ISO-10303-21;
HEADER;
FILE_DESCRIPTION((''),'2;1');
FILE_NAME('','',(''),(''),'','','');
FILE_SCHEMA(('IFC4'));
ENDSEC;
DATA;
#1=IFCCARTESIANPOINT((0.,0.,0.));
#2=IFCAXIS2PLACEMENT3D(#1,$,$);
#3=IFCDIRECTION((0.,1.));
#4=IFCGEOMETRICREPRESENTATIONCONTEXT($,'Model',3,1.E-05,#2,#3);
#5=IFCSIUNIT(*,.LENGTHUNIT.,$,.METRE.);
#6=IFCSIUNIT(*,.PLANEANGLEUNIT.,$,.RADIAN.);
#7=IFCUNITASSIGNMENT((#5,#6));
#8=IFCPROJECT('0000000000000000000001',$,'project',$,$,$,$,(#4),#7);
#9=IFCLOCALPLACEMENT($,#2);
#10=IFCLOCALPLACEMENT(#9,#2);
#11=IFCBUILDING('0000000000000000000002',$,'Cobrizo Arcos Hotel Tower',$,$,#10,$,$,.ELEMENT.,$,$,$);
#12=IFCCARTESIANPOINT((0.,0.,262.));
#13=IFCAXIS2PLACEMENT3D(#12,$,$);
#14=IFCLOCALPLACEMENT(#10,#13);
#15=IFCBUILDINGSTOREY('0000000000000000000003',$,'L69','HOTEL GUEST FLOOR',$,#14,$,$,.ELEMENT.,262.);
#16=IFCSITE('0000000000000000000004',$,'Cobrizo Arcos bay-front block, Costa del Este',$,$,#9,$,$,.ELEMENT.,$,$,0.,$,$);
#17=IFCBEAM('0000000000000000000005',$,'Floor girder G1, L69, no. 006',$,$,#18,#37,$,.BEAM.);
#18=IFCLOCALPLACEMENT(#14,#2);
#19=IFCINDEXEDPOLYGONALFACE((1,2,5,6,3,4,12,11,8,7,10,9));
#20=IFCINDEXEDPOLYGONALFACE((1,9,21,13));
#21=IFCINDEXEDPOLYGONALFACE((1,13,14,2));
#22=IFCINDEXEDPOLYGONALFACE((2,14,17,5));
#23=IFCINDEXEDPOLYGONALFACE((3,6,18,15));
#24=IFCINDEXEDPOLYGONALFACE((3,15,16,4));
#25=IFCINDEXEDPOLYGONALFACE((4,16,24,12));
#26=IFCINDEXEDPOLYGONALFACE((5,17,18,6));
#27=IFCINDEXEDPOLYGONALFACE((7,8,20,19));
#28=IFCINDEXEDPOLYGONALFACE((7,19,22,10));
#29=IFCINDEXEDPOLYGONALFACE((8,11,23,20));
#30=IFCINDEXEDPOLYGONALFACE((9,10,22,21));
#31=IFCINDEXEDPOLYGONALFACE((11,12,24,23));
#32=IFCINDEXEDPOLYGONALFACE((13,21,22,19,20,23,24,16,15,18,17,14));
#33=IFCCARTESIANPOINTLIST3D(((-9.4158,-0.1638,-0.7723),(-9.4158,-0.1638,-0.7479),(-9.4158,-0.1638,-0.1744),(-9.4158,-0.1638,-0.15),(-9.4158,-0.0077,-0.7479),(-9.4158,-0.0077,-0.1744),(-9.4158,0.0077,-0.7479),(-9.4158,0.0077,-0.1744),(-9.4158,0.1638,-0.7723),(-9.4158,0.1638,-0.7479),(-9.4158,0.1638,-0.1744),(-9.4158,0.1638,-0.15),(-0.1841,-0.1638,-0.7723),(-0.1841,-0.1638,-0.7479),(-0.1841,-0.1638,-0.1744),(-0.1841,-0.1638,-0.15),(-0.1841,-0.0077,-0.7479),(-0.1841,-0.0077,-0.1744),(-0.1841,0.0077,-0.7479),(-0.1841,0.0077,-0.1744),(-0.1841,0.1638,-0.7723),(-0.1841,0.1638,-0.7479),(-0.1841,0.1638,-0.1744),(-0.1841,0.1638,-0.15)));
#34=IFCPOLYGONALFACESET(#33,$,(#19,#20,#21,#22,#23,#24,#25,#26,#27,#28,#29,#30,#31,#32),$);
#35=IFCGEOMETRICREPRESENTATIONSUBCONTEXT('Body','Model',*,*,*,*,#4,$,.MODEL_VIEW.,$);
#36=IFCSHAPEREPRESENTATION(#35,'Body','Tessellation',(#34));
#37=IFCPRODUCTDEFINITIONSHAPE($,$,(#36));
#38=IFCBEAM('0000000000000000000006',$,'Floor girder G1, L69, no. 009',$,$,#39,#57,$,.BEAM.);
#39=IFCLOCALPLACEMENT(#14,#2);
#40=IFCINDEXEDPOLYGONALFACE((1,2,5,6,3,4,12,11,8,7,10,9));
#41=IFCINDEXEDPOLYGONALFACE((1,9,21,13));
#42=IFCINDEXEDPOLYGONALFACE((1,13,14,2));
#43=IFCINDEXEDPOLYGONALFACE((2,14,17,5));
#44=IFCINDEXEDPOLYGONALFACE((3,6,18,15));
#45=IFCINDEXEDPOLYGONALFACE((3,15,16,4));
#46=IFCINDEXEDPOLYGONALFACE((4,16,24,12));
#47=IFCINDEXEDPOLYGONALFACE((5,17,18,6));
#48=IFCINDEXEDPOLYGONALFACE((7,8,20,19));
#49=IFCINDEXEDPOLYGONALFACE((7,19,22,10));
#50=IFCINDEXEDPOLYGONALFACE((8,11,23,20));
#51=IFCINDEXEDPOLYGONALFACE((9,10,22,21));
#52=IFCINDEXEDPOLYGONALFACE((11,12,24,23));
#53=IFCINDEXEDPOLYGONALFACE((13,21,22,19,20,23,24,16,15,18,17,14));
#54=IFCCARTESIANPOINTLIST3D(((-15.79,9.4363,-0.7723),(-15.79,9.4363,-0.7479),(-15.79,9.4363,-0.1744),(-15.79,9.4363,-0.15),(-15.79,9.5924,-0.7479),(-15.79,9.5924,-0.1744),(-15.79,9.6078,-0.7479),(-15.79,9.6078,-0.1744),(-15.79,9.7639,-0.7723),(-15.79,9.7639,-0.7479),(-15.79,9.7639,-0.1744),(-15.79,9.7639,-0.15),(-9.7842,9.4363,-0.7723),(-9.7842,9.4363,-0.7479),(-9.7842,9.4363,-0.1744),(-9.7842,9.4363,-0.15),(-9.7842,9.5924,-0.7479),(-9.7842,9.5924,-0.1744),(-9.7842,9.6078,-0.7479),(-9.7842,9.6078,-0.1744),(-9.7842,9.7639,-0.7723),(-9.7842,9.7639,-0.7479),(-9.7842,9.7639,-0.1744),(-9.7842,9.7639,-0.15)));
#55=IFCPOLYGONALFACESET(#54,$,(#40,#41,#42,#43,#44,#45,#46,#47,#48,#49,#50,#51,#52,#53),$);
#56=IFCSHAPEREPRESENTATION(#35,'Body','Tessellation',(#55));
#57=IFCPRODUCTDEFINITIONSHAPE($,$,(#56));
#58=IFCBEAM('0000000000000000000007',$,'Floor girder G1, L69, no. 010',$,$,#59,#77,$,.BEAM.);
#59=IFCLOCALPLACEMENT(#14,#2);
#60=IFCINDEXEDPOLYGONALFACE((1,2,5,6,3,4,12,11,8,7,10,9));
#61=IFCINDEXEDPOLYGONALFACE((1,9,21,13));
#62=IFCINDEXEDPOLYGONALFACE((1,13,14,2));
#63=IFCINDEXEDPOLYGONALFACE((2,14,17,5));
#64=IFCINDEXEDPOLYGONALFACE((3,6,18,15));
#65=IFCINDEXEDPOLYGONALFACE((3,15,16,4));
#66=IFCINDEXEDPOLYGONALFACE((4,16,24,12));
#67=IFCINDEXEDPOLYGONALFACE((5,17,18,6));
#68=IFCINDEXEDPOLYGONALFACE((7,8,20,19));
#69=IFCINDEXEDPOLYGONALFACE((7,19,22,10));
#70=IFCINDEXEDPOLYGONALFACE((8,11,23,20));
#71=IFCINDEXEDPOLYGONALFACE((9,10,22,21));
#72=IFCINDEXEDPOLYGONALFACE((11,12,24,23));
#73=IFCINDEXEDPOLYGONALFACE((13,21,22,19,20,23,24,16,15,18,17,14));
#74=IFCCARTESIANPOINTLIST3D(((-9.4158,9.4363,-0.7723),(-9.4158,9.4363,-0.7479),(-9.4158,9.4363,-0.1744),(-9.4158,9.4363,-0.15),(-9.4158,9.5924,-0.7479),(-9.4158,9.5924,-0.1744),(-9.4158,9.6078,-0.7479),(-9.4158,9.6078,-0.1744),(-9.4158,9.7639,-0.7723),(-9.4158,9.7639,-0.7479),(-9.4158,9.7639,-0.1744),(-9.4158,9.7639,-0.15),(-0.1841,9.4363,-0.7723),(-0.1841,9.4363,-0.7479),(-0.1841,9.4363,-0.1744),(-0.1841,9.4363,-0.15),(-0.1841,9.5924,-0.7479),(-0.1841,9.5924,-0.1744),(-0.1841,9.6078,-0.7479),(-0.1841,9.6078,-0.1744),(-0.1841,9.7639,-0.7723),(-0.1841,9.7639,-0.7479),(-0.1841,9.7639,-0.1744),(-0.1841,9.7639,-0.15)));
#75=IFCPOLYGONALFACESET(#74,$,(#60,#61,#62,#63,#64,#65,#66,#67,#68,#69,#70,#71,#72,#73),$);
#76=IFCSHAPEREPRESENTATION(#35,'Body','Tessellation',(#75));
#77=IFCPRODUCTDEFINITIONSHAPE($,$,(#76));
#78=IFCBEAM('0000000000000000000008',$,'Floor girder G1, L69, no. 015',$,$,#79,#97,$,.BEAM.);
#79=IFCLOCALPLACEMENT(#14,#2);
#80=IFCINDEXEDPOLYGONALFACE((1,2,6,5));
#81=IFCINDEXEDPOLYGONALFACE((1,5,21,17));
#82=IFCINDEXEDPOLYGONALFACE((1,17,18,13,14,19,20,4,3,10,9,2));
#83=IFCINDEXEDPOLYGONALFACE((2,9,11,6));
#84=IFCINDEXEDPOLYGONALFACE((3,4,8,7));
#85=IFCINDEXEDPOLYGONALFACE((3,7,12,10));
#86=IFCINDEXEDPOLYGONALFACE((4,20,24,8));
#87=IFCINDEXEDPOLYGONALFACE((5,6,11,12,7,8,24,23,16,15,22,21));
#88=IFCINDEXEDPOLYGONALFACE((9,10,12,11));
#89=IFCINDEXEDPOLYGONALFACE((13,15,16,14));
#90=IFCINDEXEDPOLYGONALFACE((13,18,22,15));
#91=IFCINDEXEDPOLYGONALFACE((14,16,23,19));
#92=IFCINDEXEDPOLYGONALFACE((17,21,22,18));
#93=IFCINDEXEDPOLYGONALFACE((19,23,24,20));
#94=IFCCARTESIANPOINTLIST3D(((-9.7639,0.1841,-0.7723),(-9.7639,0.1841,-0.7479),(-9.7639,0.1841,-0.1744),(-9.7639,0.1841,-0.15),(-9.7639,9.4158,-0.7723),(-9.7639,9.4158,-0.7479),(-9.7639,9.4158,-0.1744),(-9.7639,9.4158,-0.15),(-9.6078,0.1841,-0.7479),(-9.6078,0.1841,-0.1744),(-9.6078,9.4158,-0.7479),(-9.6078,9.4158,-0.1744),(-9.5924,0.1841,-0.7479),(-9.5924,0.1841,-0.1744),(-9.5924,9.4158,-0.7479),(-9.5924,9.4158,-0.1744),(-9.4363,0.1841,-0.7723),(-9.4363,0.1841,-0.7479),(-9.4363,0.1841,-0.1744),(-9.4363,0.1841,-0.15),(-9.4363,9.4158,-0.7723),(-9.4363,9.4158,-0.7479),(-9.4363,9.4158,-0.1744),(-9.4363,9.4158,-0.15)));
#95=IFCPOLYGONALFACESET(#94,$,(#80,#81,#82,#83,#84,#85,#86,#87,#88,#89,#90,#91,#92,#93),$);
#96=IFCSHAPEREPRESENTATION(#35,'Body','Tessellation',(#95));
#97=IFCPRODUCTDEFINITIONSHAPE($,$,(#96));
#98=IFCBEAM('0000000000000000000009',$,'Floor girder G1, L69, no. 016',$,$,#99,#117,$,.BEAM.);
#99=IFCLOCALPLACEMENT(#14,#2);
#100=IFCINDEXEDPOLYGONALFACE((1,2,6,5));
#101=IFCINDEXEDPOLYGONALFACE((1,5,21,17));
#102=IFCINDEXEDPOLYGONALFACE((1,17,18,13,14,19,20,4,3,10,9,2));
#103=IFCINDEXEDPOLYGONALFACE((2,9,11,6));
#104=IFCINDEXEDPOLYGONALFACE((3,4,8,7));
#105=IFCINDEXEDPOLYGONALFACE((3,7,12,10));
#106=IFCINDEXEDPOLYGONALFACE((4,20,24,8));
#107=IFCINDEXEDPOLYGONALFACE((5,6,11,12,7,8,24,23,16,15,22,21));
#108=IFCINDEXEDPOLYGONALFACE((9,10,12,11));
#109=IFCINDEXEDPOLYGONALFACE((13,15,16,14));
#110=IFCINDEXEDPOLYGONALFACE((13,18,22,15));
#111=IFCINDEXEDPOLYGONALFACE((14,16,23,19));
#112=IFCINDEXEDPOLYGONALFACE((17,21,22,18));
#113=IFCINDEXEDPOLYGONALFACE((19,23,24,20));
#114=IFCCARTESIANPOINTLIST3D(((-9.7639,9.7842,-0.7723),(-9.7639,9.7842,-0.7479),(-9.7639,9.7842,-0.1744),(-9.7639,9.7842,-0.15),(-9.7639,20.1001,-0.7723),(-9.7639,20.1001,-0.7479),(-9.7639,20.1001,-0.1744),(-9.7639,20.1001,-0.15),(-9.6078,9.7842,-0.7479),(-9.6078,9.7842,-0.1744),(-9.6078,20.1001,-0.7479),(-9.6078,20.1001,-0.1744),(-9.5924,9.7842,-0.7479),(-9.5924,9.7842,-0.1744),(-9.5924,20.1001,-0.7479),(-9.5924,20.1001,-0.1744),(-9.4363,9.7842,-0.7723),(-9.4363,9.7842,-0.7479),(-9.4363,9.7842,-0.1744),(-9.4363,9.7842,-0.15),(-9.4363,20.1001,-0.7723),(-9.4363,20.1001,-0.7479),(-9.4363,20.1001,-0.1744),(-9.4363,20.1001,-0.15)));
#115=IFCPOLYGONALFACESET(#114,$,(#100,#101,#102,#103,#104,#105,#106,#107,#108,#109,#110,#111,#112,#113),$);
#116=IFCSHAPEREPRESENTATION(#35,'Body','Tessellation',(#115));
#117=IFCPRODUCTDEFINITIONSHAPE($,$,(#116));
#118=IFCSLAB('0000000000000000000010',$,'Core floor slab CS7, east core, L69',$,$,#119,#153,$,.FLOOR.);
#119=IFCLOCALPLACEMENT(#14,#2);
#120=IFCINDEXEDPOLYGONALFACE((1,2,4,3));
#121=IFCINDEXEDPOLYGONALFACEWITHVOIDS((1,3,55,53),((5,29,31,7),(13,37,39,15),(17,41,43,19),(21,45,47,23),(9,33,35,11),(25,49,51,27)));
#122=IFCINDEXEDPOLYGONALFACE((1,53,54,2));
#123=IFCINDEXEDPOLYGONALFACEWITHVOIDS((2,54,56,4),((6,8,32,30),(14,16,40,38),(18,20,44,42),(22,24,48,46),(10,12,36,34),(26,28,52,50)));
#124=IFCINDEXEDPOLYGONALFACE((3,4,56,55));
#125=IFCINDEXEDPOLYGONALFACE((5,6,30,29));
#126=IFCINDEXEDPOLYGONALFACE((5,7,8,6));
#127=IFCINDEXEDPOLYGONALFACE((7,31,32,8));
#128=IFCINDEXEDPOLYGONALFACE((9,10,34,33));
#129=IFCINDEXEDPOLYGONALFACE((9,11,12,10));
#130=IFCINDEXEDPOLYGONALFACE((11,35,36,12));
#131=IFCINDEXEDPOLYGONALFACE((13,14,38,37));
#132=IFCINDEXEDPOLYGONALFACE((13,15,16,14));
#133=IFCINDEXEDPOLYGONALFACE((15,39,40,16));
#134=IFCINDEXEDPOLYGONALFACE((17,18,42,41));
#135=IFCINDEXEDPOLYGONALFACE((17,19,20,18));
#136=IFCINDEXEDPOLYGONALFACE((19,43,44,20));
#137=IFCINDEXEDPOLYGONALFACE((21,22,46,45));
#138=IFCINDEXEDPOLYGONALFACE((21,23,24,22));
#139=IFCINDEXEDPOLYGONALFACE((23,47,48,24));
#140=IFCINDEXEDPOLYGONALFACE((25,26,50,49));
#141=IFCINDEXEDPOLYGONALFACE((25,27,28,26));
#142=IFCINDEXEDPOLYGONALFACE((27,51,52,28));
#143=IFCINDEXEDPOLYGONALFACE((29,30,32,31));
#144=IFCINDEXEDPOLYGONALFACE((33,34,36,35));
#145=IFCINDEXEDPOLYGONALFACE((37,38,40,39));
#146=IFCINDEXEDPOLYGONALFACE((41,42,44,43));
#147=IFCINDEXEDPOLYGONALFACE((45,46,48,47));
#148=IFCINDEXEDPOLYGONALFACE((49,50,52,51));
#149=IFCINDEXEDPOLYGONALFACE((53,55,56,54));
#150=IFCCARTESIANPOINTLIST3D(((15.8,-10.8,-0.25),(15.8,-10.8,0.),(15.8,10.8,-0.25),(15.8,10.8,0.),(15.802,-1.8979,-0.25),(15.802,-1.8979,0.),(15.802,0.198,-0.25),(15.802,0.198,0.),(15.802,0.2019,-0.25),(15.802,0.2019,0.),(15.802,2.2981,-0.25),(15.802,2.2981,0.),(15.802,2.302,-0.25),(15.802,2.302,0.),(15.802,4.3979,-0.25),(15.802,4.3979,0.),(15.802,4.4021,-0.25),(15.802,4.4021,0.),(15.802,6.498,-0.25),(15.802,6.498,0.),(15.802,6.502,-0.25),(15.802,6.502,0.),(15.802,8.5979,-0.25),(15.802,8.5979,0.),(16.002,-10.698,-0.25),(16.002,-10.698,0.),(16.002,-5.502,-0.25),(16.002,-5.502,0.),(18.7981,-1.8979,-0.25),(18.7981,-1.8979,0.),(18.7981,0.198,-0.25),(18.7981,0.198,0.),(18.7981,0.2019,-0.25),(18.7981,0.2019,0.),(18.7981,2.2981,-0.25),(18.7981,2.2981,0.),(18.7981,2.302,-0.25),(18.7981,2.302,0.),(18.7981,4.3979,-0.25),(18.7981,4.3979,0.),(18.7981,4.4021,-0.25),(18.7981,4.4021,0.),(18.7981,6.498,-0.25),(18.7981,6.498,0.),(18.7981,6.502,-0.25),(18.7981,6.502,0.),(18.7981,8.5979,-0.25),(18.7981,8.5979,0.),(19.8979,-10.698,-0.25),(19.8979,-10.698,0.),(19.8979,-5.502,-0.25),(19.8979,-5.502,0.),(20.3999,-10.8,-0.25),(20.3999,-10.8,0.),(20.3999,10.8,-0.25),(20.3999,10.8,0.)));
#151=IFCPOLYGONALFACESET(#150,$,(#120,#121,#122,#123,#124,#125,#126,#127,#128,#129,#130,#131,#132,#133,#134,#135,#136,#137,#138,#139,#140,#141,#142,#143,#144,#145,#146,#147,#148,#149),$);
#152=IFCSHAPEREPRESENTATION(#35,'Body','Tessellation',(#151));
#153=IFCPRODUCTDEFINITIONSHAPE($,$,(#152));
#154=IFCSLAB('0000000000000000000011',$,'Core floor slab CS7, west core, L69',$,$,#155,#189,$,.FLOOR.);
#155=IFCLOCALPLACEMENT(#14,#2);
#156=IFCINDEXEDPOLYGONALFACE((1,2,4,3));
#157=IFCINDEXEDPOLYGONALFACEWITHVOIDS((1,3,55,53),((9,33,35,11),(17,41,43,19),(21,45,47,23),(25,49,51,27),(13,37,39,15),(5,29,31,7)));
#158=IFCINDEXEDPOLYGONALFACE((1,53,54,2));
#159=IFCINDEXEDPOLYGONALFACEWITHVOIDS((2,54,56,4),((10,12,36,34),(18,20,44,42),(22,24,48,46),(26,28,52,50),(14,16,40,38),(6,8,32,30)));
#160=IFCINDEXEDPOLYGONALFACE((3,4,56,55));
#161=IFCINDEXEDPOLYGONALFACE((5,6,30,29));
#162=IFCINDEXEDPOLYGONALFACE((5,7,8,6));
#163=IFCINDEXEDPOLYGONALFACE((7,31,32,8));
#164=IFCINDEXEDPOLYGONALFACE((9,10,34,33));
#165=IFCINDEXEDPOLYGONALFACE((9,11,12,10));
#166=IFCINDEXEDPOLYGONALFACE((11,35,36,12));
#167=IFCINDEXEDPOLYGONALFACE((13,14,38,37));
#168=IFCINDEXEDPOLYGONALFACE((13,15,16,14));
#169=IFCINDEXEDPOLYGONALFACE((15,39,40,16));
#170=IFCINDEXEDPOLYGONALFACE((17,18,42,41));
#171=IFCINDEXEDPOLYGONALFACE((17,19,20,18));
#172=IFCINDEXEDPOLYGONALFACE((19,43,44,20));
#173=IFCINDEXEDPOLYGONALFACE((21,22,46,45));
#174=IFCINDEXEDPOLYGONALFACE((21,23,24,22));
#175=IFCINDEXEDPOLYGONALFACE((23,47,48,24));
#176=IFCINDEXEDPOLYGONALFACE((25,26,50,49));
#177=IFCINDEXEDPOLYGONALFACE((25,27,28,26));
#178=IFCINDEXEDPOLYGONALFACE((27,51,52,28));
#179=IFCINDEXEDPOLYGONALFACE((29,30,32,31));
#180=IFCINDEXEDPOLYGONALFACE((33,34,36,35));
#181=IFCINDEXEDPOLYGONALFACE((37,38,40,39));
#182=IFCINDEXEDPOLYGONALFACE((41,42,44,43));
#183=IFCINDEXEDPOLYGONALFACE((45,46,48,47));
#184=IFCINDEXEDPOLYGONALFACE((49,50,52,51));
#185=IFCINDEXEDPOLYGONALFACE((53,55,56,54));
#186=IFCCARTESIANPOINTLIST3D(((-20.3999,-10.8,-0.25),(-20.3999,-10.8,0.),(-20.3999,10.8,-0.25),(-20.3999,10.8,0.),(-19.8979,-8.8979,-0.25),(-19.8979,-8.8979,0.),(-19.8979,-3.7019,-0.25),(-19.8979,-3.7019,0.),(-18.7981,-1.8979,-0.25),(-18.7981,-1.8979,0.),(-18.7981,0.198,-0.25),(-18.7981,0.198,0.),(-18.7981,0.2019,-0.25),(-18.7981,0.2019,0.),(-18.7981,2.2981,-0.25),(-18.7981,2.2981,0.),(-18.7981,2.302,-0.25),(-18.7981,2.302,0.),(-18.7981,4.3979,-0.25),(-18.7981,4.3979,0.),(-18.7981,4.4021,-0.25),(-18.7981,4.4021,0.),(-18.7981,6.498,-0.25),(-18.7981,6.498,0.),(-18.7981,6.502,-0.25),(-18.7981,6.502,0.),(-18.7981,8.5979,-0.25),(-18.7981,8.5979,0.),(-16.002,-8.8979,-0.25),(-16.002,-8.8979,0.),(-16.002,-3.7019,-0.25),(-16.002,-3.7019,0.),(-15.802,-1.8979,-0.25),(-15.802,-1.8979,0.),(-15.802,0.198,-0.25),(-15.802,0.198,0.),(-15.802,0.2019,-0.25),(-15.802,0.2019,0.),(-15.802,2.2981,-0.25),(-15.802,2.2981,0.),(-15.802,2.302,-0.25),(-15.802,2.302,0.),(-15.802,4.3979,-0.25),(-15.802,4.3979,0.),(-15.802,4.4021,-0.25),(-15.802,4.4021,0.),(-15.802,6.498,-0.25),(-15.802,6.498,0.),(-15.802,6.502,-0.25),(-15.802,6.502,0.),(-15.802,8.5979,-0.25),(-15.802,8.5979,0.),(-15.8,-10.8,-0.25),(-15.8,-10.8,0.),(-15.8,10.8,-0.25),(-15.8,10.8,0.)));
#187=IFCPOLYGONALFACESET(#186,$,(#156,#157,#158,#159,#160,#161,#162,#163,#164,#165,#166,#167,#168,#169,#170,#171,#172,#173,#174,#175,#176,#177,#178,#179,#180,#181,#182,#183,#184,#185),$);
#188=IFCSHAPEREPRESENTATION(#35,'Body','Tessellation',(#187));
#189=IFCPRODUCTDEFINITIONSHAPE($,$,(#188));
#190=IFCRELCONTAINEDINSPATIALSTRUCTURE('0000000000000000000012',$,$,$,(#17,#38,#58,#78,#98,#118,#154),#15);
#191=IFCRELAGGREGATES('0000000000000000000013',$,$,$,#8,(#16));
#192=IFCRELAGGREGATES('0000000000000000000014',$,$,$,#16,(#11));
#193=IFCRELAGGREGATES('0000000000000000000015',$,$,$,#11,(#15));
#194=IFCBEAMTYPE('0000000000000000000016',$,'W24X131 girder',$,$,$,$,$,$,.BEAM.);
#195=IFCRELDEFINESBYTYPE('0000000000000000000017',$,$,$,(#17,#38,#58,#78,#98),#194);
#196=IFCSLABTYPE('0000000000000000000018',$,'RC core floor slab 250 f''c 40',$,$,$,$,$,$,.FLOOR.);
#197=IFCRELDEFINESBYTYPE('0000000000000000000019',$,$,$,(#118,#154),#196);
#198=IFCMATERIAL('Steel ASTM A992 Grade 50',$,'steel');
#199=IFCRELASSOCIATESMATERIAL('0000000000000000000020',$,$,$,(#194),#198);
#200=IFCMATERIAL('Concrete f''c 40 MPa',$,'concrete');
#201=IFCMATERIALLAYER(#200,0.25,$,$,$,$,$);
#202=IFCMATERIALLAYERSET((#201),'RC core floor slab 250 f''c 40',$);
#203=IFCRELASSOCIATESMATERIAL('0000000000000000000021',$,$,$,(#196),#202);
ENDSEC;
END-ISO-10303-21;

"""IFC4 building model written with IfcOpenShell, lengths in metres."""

from ifc_helpers import new_model, si_unit, direction, frame, origin, origin_2d, place, context, subcontext, project, spatial, polyline, i_section, outline, extrude, material, layer, layer_set, material_profile, profile_set, type_object, element, save


model = new_model("IFC4")

# Units and contexts
model_context = context("Model", 3, precision=1e-05, world=origin(), true_north=direction((0.0, 1.0)))
body_context = subcontext(model_context, "Body", "Model", "MODEL_VIEW")
ifc_project = project(units=[si_unit("LENGTHUNIT", "METRE"), si_unit("PLANEANGLEUNIT", "RADIAN")], contexts=[model_context])

# Site, building, storey
site_placement = place(None, origin())
site = spatial("IfcSite", under=ifc_project, at=site_placement, Name="Cobrizo Arcos bay-front block, Costa del Este", CompositionType="ELEMENT", RefElevation=0.0)
building_placement = place(site_placement, origin())
building = spatial("IfcBuilding", under=site, at=building_placement, Name="Cobrizo Arcos Hotel Tower", CompositionType="ELEMENT")
storey_placement = place(building_placement, frame((0.0, 0.0, 262.0)))
storey = spatial("IfcBuildingStorey", under=building, at=storey_placement, Name="L69", Description="HOTEL GUEST FLOOR", CompositionType="ELEMENT", Elevation=262.0)

# Shared definitions
ifc_material_1 = material(Name="Steel ASTM A992 Grade 50", Category="steel")

# Beams
ifc_material_profile_1 = material_profile(ifc_material_1, i_section(OverallWidth=0.3276, OverallDepth=0.6223, WebThickness=0.0154, FlangeThickness=0.0244, at=origin_2d()), Name="W24X131")
ifc_profile_set_1 = profile_set([ifc_material_profile_1], Name="Steel ASTM A992 Grade 50")
beam_type_1 = type_object("IfcBeamType", Name="W24X131 girder", PredefinedType="BEAM", material=ifc_profile_set_1)
beam_1_placement = place(storey_placement, frame((-9.4158, 0.0, -0.4612), z_axis=(1.0, 0.0, 0.0), x_axis=(0.0, 1.0, 0.0)))
element("IfcBeam", 1, at=beam_1_placement, inside=storey, type_object=beam_type_1, Name="Floor girder G1, L69, no. 006", PredefinedType="BEAM", context=body_context, shape_type="SweptSolid", body=[
    extrude(i_section(OverallWidth=0.3276, OverallDepth=0.6223, WebThickness=0.0154, FlangeThickness=0.0244, at=origin_2d()), origin(), (0.0, 0.0, 1.0), 9.2317),
])
beam_2_placement = place(storey_placement, frame((-15.79, 9.6001, -0.4612), z_axis=(1.0, 0.0, 0.0), x_axis=(0.0, 1.0, 0.0)))
element("IfcBeam", 2, at=beam_2_placement, inside=storey, type_object=beam_type_1, Name="Floor girder G1, L69, no. 009", PredefinedType="BEAM", context=body_context, shape_type="SweptSolid", body=[
    extrude(i_section(OverallWidth=0.3276, OverallDepth=0.6223, WebThickness=0.0154, FlangeThickness=0.0244, at=origin_2d()), origin(), (0.0, 0.0, 1.0), 6.0059),
])
for number, where, z_axis, x_axis, name in (
    (3, (-9.4158, 9.6001, -0.4612), (1.0, 0.0, 0.0), (0.0, 1.0, 0.0), "Floor girder G1, L69, no. 010"),
    (4, (-9.6001, 0.1841, -0.4612), (0.0, 1.0, 0.0), (-1.0, 0.0, 0.0), "Floor girder G1, L69, no. 015"),
):
    element("IfcBeam", number, at=place(storey_placement, frame(where, z_axis=z_axis, x_axis=x_axis)), inside=storey, type_object=beam_type_1, Name=name, PredefinedType="BEAM", context=body_context, shape_type="SweptSolid", body=[
        extrude(i_section(OverallWidth=0.3276, OverallDepth=0.6223, WebThickness=0.0154, FlangeThickness=0.0244, at=origin_2d()), origin(), (0.0, 0.0, 1.0), 9.2317),
    ])
beam_3_placement = place(storey_placement, frame((-9.6001, 9.7842, -0.4612), z_axis=(0.0, 1.0, 0.0), x_axis=(-1.0, 0.0, 0.0)))
element("IfcBeam", 5, at=beam_3_placement, inside=storey, type_object=beam_type_1, Name="Floor girder G1, L69, no. 016", PredefinedType="BEAM", context=body_context, shape_type="SweptSolid", body=[
    extrude(i_section(OverallWidth=0.3276, OverallDepth=0.6223, WebThickness=0.0154, FlangeThickness=0.0244, at=origin_2d()), origin(), (0.0, 0.0, 1.0), 10.3159),
])

# Slabs
ifc_material_2 = material(Name="Concrete f'c 40 MPa", Category="concrete")
ifc_layer_1 = layer(ifc_material_2, 0.25)
ifc_layer_set_1 = layer_set([ifc_layer_1], Name="RC core floor slab 250 f'c 40")
slab_type_1 = type_object("IfcSlabType", Name="RC core floor slab 250 f'c 40", PredefinedType="FLOOR", material=ifc_layer_set_1)
slab_1_placement = place(storey_placement, frame((0.0, 0.0, -0.25)))
element("IfcSlab", 6, at=slab_1_placement, inside=storey, type_object=slab_type_1, Name="Core floor slab CS7, east core, L69", PredefinedType="FLOOR", context=body_context, shape_type="SweptSolid", body=[
    extrude(outline(polyline([(15.8, 10.8), (20.3999, 10.8), (20.3999, -10.8), (15.8, -10.8), (15.8, 10.8)]), holes=[polyline([(19.8979, -10.698), (19.8979, -5.502), (16.002, -5.502), (16.002, -10.698), (19.8979, -10.698)]), polyline([(15.802, 0.198), (15.802, -1.8979), (18.7981, -1.8979), (18.7981, 0.198), (15.802, 0.198)]), polyline([(15.802, 2.2981), (15.802, 0.2019), (18.7981, 0.2019), (18.7981, 2.2981), (15.802, 2.2981)]), polyline([(15.802, 4.3979), (15.802, 2.302), (18.7981, 2.302), (18.7981, 4.3979), (15.802, 4.3979)]), polyline([(18.7981, 6.498), (15.802, 6.498), (15.802, 4.4021), (18.7981, 4.4021), (18.7981, 6.498)]), polyline([(18.7981, 8.5979), (15.802, 8.5979), (15.802, 6.502), (18.7981, 6.502), (18.7981, 8.5979)])]), origin(), (0.0, 0.0, 1.0), 0.25),
])
slab_2_placement = place(storey_placement, frame((0.0, 0.0, -0.25)))
element("IfcSlab", 7, at=slab_2_placement, inside=storey, type_object=slab_type_1, Name="Core floor slab CS7, west core, L69", PredefinedType="FLOOR", context=body_context, shape_type="SweptSolid", body=[
    extrude(outline(polyline([(-20.3999, 10.8), (-15.8, 10.8), (-15.8, -10.8), (-20.3999, -10.8), (-20.3999, 10.8)]), holes=[polyline([(-19.8979, -3.7019), (-19.8979, -8.8979), (-16.002, -8.8979), (-16.002, -3.7019), (-19.8979, -3.7019)]), polyline([(-18.7981, 0.198), (-18.7981, -1.8979), (-15.802, -1.8979), (-15.802, 0.198), (-18.7981, 0.198)]), polyline([(-18.7981, 2.2981), (-18.7981, 0.2019), (-15.802, 0.2019), (-15.802, 2.2981), (-18.7981, 2.2981)]), polyline([(-18.7981, 4.3979), (-18.7981, 2.302), (-15.802, 2.302), (-15.802, 4.3979), (-18.7981, 4.3979)]), polyline([(-15.802, 6.498), (-18.7981, 6.498), (-18.7981, 4.4021), (-15.802, 4.4021), (-15.802, 6.498)]), polyline([(-15.802, 8.5979), (-18.7981, 8.5979), (-18.7981, 6.502), (-15.802, 6.502), (-15.802, 8.5979)])]), origin(), (0.0, 0.0, 1.0), 0.25),
])

save(model, "model.ifc")
